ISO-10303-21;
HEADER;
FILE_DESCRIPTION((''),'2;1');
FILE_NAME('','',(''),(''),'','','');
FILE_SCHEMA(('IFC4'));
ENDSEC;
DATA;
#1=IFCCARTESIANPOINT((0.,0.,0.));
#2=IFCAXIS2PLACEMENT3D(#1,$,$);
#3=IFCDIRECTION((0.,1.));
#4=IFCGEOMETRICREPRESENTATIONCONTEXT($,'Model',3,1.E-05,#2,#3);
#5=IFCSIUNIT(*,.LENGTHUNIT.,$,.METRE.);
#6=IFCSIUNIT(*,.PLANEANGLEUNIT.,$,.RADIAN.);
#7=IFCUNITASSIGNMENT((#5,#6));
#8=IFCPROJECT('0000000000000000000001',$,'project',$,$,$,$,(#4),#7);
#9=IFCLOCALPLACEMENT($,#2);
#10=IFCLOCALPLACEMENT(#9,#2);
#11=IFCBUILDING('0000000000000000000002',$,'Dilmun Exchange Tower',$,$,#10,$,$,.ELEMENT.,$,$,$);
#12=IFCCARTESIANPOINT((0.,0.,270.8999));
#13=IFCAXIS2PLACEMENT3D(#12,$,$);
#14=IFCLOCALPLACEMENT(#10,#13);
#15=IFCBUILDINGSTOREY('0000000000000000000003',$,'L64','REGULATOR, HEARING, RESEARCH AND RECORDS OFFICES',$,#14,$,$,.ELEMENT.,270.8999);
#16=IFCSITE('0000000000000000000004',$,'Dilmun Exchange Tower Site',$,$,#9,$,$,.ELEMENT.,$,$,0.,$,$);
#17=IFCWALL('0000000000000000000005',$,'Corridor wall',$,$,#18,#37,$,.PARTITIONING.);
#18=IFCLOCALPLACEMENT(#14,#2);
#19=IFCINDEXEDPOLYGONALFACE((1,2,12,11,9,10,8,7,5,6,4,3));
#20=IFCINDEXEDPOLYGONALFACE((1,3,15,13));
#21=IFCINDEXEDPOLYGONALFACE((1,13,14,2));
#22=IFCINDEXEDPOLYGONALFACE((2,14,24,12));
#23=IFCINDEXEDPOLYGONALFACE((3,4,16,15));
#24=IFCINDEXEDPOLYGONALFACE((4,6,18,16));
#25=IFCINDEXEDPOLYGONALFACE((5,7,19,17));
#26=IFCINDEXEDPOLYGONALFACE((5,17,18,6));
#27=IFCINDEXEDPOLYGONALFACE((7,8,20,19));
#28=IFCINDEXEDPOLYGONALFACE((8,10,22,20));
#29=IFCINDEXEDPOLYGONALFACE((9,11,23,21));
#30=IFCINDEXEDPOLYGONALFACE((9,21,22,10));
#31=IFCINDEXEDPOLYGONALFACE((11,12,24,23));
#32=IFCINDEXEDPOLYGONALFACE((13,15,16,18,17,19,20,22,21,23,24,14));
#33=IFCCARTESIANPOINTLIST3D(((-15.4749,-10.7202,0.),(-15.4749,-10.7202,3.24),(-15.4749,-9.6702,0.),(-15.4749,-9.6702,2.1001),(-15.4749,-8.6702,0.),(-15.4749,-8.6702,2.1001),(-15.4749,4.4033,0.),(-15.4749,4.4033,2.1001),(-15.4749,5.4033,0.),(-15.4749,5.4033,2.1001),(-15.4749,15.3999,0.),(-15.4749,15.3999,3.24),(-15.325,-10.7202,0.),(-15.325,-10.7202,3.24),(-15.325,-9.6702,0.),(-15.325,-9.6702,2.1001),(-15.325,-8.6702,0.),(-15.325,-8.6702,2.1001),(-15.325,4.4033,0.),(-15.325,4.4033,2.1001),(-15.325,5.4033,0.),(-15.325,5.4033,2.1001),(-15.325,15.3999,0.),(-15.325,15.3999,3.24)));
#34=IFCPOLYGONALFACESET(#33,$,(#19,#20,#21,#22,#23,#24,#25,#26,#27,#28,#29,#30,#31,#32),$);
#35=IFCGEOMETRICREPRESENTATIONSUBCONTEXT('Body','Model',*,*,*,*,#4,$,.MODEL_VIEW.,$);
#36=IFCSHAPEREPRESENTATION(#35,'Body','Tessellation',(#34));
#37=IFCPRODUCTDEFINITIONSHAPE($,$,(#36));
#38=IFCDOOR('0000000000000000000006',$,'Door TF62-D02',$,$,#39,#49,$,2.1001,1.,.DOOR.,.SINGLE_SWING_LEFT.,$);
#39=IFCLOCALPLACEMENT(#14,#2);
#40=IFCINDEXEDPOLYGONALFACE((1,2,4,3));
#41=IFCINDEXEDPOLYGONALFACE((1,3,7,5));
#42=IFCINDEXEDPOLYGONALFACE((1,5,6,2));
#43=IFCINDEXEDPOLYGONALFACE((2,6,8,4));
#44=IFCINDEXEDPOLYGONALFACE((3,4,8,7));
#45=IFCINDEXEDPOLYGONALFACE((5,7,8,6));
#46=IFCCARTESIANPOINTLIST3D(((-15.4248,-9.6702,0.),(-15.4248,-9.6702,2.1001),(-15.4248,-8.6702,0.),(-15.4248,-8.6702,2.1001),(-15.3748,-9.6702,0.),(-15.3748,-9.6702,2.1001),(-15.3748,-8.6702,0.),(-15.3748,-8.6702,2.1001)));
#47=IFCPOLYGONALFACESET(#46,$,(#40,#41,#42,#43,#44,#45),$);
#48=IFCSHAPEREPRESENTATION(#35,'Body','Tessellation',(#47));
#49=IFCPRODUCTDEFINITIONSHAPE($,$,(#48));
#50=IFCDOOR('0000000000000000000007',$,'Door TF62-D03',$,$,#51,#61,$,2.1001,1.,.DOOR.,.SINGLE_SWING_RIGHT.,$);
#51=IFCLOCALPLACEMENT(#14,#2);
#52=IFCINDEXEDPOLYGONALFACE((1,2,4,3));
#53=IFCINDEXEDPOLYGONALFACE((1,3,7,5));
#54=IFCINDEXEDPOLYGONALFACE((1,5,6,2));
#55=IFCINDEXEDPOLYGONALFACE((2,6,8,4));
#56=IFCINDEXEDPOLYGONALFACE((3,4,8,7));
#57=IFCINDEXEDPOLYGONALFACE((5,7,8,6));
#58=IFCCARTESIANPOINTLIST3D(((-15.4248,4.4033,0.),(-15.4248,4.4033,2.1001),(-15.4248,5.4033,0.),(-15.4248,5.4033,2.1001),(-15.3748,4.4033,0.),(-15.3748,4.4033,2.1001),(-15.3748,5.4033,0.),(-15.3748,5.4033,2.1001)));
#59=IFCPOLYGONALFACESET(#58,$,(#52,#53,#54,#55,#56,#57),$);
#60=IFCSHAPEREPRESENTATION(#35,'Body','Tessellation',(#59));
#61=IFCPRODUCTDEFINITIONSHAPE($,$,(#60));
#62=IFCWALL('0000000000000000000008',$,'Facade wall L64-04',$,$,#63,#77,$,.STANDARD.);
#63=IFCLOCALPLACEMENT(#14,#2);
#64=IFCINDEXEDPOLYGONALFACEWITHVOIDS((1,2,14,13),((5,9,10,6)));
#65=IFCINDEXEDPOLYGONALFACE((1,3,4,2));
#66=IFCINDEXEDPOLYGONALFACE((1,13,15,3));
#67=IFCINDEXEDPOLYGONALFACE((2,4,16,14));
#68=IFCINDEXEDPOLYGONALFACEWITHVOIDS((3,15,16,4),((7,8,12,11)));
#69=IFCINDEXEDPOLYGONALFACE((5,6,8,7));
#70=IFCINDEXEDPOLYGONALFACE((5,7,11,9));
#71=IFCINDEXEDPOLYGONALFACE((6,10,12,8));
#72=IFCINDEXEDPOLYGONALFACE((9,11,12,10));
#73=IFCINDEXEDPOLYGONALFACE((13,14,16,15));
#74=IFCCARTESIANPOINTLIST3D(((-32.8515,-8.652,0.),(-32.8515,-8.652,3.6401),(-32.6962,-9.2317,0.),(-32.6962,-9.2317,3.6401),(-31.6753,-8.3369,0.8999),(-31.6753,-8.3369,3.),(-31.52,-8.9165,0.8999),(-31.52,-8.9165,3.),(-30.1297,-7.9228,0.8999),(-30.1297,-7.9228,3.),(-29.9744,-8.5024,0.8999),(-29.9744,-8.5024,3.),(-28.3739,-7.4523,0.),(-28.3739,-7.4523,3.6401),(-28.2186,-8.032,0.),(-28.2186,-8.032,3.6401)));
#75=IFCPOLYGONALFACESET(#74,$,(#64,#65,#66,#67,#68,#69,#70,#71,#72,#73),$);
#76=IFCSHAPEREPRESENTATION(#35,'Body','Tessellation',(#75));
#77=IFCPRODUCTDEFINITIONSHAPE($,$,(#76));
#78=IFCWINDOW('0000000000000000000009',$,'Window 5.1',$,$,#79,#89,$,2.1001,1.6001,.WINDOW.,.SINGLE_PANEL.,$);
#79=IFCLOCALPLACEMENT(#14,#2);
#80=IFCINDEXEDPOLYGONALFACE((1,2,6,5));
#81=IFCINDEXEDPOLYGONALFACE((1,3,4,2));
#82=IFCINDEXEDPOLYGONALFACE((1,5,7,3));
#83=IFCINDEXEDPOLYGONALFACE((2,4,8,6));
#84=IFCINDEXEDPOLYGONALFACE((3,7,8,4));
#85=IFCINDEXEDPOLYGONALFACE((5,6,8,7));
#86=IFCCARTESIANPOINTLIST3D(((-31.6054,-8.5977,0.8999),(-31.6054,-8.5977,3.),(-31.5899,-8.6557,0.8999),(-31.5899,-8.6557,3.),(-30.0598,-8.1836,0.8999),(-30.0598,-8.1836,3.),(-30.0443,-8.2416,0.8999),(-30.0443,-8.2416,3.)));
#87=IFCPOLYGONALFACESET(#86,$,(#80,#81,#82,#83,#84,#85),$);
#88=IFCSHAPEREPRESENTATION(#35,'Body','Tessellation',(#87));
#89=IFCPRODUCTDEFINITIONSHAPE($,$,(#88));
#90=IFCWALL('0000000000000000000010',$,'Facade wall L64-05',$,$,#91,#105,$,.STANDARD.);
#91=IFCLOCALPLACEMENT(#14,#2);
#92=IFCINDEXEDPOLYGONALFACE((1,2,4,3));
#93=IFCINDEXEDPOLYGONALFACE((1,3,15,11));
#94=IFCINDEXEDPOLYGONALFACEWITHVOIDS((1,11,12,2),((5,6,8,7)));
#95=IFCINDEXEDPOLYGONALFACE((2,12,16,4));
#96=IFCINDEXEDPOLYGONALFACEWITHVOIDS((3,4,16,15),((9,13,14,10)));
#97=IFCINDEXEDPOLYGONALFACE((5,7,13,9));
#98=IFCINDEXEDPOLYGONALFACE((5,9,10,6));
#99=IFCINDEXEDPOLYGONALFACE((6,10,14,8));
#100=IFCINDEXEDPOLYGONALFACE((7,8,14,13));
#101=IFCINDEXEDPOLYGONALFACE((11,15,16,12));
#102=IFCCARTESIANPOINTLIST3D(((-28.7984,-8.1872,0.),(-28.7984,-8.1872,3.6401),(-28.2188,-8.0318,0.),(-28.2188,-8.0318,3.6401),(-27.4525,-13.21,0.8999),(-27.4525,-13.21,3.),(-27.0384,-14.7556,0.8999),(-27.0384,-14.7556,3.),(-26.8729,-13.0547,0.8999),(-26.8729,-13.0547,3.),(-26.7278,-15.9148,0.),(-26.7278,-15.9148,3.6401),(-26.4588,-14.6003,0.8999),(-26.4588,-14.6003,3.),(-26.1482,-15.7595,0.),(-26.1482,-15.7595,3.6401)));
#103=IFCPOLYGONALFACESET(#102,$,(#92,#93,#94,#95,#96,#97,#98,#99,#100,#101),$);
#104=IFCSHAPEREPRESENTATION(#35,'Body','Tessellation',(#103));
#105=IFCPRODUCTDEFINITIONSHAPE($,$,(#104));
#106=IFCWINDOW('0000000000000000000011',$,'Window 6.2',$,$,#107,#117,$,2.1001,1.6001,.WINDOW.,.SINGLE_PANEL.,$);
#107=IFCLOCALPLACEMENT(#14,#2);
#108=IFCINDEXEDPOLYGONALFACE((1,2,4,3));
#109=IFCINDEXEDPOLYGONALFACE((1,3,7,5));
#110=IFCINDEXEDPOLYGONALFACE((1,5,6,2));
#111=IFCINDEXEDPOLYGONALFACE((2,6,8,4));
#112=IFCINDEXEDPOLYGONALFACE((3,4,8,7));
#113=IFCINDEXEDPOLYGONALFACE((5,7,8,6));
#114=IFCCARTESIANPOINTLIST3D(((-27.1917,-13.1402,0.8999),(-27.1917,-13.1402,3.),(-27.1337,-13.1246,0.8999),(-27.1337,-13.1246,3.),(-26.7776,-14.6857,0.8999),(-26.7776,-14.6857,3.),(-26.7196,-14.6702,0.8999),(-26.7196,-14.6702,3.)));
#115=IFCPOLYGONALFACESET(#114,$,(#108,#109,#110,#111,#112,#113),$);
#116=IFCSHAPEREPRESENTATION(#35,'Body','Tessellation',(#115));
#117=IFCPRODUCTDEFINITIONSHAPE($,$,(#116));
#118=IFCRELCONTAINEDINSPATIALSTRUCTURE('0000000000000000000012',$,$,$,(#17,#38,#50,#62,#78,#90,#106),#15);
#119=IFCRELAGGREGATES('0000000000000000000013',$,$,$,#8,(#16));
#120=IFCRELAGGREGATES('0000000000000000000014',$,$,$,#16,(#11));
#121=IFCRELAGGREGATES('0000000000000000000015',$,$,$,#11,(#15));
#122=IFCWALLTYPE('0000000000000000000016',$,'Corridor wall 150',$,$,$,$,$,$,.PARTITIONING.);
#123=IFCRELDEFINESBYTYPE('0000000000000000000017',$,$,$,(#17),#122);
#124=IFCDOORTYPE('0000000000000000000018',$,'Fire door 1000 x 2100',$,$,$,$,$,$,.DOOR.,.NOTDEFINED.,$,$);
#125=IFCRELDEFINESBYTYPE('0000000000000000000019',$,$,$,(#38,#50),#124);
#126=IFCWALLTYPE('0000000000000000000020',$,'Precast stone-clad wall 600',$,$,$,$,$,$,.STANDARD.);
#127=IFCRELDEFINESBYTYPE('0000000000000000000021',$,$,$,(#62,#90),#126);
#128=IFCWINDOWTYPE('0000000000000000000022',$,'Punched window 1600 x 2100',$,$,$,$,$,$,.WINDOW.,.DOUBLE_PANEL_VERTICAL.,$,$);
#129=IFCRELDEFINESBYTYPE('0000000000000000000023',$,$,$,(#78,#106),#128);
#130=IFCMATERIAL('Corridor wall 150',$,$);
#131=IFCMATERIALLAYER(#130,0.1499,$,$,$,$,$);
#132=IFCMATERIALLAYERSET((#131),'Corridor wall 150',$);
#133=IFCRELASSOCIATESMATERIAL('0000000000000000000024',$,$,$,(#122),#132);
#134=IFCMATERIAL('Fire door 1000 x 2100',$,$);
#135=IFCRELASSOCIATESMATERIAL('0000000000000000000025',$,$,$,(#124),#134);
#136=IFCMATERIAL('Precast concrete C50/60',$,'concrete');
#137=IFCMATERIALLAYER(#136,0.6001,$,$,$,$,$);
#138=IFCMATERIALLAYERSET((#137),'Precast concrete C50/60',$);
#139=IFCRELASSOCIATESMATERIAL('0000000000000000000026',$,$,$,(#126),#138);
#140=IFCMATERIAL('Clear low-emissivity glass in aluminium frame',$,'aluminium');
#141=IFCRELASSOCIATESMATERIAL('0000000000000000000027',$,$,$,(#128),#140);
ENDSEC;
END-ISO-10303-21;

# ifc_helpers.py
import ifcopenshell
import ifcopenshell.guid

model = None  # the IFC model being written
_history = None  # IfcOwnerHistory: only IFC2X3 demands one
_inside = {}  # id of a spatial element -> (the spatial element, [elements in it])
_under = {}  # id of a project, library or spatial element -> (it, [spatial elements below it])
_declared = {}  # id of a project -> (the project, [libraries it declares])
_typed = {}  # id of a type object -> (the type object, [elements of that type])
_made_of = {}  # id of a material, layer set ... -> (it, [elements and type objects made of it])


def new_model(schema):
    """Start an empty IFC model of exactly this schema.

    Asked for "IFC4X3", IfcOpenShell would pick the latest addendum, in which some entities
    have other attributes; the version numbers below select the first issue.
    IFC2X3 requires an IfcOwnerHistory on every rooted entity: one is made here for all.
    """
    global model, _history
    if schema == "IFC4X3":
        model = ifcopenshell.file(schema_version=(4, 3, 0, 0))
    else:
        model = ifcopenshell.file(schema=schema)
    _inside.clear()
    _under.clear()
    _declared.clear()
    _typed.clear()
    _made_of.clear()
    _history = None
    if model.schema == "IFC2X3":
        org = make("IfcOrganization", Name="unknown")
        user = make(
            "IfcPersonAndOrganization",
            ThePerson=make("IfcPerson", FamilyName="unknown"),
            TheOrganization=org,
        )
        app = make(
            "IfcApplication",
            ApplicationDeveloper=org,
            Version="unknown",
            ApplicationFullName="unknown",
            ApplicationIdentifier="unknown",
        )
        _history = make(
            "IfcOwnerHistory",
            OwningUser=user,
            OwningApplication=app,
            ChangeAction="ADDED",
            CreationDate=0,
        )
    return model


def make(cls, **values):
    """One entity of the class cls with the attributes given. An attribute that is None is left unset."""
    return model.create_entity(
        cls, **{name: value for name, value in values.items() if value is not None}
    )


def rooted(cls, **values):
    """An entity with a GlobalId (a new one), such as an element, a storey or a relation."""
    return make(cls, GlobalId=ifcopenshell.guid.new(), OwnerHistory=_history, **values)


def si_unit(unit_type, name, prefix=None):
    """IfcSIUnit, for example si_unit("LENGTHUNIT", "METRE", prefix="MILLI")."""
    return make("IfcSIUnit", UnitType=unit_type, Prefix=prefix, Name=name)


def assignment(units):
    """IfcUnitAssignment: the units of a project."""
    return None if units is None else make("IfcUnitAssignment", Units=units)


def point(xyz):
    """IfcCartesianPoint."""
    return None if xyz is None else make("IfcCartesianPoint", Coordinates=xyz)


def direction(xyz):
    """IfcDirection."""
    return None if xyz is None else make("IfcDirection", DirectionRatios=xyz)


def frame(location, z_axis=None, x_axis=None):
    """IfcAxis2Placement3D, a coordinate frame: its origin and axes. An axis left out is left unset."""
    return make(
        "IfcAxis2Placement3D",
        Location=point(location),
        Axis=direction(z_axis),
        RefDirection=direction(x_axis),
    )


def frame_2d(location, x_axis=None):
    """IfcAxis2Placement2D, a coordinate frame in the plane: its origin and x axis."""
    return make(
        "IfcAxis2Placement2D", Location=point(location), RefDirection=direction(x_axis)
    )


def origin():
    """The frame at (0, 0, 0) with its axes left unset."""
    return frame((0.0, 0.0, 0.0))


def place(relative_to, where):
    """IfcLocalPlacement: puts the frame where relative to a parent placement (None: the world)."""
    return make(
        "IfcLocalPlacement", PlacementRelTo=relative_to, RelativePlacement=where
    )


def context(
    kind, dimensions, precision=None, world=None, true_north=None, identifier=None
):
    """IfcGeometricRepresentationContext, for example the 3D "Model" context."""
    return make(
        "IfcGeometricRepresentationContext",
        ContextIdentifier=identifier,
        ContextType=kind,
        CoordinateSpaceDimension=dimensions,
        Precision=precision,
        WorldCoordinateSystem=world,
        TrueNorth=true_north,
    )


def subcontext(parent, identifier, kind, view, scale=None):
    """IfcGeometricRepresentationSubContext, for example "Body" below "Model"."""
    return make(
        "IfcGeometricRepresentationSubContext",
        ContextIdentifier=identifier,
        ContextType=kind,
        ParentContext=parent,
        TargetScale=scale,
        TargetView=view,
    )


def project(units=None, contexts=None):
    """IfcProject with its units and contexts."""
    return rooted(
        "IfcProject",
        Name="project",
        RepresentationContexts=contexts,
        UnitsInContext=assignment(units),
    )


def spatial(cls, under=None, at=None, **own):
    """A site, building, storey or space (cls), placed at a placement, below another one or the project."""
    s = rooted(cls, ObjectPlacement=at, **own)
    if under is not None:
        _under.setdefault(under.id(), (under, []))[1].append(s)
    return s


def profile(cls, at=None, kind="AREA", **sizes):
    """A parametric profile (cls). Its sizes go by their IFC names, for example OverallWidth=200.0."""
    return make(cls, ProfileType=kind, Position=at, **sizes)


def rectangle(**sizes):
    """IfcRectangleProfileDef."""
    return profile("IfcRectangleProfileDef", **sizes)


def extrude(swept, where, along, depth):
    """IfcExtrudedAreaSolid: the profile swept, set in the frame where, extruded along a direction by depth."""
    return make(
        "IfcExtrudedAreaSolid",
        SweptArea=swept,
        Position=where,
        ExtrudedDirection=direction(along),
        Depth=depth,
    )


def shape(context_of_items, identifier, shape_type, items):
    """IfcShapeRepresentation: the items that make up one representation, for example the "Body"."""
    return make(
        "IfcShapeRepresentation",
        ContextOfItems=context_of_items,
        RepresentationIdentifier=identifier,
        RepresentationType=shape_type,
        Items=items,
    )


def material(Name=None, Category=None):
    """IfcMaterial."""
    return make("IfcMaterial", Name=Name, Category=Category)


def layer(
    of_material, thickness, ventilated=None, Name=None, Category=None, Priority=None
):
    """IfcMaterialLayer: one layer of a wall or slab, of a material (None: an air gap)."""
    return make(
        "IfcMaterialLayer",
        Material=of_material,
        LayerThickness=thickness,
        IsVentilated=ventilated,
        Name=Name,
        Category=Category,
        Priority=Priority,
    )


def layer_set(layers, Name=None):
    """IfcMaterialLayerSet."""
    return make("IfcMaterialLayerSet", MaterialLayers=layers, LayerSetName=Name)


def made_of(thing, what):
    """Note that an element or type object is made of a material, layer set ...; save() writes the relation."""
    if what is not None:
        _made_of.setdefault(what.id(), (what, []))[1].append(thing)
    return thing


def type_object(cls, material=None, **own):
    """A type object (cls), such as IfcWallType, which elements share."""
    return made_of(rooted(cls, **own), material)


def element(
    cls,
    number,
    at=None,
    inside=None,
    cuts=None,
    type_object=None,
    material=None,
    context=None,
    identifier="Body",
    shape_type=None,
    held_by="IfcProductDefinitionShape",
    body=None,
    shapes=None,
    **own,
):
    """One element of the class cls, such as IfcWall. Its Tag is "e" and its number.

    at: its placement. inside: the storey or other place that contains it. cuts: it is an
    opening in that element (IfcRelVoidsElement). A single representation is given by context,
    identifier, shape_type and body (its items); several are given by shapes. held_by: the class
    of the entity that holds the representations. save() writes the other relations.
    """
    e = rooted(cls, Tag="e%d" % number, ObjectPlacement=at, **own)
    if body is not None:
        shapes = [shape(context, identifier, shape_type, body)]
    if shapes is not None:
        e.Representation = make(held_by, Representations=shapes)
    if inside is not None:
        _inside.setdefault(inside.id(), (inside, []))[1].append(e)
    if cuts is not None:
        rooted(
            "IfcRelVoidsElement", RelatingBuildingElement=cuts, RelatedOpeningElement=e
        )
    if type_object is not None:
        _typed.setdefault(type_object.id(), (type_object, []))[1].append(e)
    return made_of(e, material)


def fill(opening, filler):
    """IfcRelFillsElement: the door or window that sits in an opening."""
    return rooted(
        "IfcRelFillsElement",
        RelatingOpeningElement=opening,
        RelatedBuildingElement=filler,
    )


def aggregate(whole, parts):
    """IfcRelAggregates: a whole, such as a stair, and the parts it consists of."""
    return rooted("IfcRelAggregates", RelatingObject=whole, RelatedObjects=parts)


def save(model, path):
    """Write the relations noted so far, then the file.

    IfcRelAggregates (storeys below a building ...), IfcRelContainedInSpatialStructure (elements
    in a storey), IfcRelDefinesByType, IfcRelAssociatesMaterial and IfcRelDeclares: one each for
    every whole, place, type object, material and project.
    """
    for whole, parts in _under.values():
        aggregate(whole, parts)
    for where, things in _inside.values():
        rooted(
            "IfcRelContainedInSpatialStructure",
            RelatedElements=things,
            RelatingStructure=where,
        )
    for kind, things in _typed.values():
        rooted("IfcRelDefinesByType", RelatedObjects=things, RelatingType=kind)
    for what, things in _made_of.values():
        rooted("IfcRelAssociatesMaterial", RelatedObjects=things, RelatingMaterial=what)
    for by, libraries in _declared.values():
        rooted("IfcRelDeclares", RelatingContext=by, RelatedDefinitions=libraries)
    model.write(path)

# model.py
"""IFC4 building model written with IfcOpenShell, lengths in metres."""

from ifc_helpers import new_model, si_unit, direction, frame, frame_2d, origin, place, context, subcontext, project, spatial, rectangle, extrude, material, layer, layer_set, type_object, element, fill, save


model = new_model("IFC4")

# Units and contexts
model_context = context("Model", 3, precision=1e-05, world=origin(), true_north=direction((0.0, 1.0)))
body_context = subcontext(model_context, "Body", "Model", "MODEL_VIEW")
ifc_project = project(units=[si_unit("LENGTHUNIT", "METRE"), si_unit("PLANEANGLEUNIT", "RADIAN")], contexts=[model_context])

# Site, building, storey
site_placement = place(None, origin())
site = spatial("IfcSite", under=ifc_project, at=site_placement, Name="Dilmun Exchange Tower Site", CompositionType="ELEMENT", RefElevation=0.0)
building_placement = place(site_placement, origin())
building = spatial("IfcBuilding", under=site, at=building_placement, Name="Dilmun Exchange Tower", CompositionType="ELEMENT")
storey_placement = place(building_placement, frame((0.0, 0.0, 270.8999)))
storey = spatial("IfcBuildingStorey", under=building, at=storey_placement, Name="L64", Description="REGULATOR, HEARING, RESEARCH AND RECORDS OFFICES", CompositionType="ELEMENT", Elevation=270.8999)

# Shared definitions
ifc_material_1 = material(Name="Corridor wall 150")
ifc_layer_1 = layer(ifc_material_1, 0.1499)
ifc_layer_set_1 = layer_set([ifc_layer_1], Name="Corridor wall 150")
wall_type_1 = type_object("IfcWallType", Name="Corridor wall 150", PredefinedType="PARTITIONING", material=ifc_layer_set_1)

# Shared definitions
ifc_material_2 = material(Name="Fire door 1000 x 2100")
door_type_1 = type_object("IfcDoorType", Name="Fire door 1000 x 2100", OperationType="NOTDEFINED", PredefinedType="DOOR", material=ifc_material_2)

# Wall, openings, doors
wall_1_placement = place(storey_placement, frame((-15.3999, -10.7202, 0.0), z_axis=(0.0, 0.0, 1.0), x_axis=(0.0, 1.0, 0.0)))
wall_1 = element("IfcWall", 1, at=wall_1_placement, inside=storey, type_object=wall_type_1, Name="Corridor wall", PredefinedType="PARTITIONING", context=body_context, shape_type="SweptSolid", body=[
    extrude(rectangle(XDim=26.1201, YDim=0.1499, at=frame_2d((13.0601, 0.0))), origin(), (0.0, 0.0, 1.0), 3.24),
])
opening_1_placement = place(wall_1_placement, frame((1.05, 0.0, 0.0)))
opening_1 = element("IfcOpeningElement", 2, at=opening_1_placement, cuts=wall_1, PredefinedType="OPENING", context=body_context, shape_type="SweptSolid", body=[
    extrude(rectangle(XDim=1.0, YDim=2.1001, at=frame_2d((0.5, 1.05))), frame((0.0, 0.085, 0.0), z_axis=(0.0, -1.0, 0.0), x_axis=(1.0, 0.0, 0.0)), (0.0, 0.0, 1.0), 0.1699),
])
opening_2_placement = place(wall_1_placement, frame((15.1235, 0.0, 0.0)))
opening_2 = element("IfcOpeningElement", 3, at=opening_2_placement, cuts=wall_1, PredefinedType="OPENING", context=body_context, shape_type="SweptSolid", body=[
    extrude(rectangle(XDim=1.0, YDim=2.1001, at=frame_2d((0.5, 1.05))), frame((0.0, 0.085, 0.0), z_axis=(0.0, -1.0, 0.0), x_axis=(1.0, 0.0, 0.0)), (0.0, 0.0, 1.0), 0.1699),
])
door_1_placement = place(opening_1_placement, origin())
door_1 = element("IfcDoor", 4, at=door_1_placement, inside=storey, type_object=door_type_1, Name="Door TF62-D02", OperationType="SINGLE_SWING_LEFT", OverallHeight=2.1001, OverallWidth=1.0, PredefinedType="DOOR", context=body_context, shape_type="SweptSolid", body=[
    extrude(rectangle(XDim=1.0, YDim=2.1001, at=frame_2d((0.5, 1.05))), frame((0.0, 0.0249, 0.0), z_axis=(0.0, -1.0, 0.0), x_axis=(1.0, 0.0, 0.0)), (0.0, 0.0, 1.0), 0.05),
])
fill(opening_1, door_1)
door_2_placement = place(opening_2_placement, origin())
door_2 = element("IfcDoor", 5, at=door_2_placement, inside=storey, type_object=door_type_1, Name="Door TF62-D03", OperationType="SINGLE_SWING_RIGHT", OverallHeight=2.1001, OverallWidth=1.0, PredefinedType="DOOR", context=body_context, shape_type="SweptSolid", body=[
    extrude(rectangle(XDim=1.0, YDim=2.1001, at=frame_2d((0.5, 1.05))), frame((0.0, 0.0249, 0.0), z_axis=(0.0, -1.0, 0.0), x_axis=(1.0, 0.0, 0.0)), (0.0, 0.0, 1.0), 0.05),
])
fill(opening_2, door_2)

# Walls, openings, windows
ifc_material_3 = material(Name="Precast concrete C50/60", Category="concrete")
ifc_layer_2 = layer(ifc_material_3, 0.6001)
ifc_layer_set_2 = layer_set([ifc_layer_2], Name="Precast concrete C50/60")
wall_type_2 = type_object("IfcWallType", Name="Precast stone-clad wall 600", PredefinedType="STANDARD", material=ifc_layer_set_2)
wall_2_placement = place(storey_placement, frame((-32.7739, -8.9419, 0.0), z_axis=(0.0, 0.0, 1.0), x_axis=(0.965928, 0.25881, 0.0)))
wall_2 = element("IfcWall", 6, at=wall_2_placement, inside=storey, type_object=wall_type_2, Name="Facade wall L64-04", PredefinedType="STANDARD", context=body_context, shape_type="SweptSolid", body=[
    extrude(rectangle(XDim=4.6355, YDim=0.6001, at=frame_2d((2.3179, 0.0))), origin(), (0.0, 0.0, 1.0), 3.6401),
])
opening_3_placement = place(wall_2_placement, frame((1.2178, 0.0, 0.8999)))
opening_3 = element("IfcOpeningElement", 7, at=opening_3_placement, cuts=wall_2, PredefinedType="OPENING", context=body_context, shape_type="SweptSolid", body=[
    extrude(rectangle(XDim=1.6001, YDim=2.1001, at=frame_2d((0.8, 1.05))), frame((0.0, 0.3101, 0.0), z_axis=(0.0, -1.0, 0.0), x_axis=(1.0, 0.0, 0.0)), (0.0, 0.0, 1.0), 0.6201),
])
ifc_material_4 = material(Name="Clear low-emissivity glass in aluminium frame", Category="aluminium")
window_type = type_object("IfcWindowType", Name="Punched window 1600 x 2100", PartitioningType="DOUBLE_PANEL_VERTICAL", PredefinedType="WINDOW", material=ifc_material_4)
window_1_placement = place(opening_3_placement, origin())
window_1 = element("IfcWindow", 8, at=window_1_placement, inside=storey, type_object=window_type, Name="Window 5.1", OverallHeight=2.1001, OverallWidth=1.6001, PartitioningType="SINGLE_PANEL", PredefinedType="WINDOW", context=body_context, shape_type="SweptSolid", body=[
    extrude(rectangle(XDim=1.6001, YDim=2.1001, at=frame_2d((0.8, 1.05))), frame((0.0, 0.03, 0.0), z_axis=(0.0, -1.0, 0.0), x_axis=(1.0, 0.0, 0.0)), (0.0, 0.0, 1.0), 0.0601),
])
fill(opening_3, window_1)
wall_3_placement = place(storey_placement, frame((-28.5085, -8.1096, 0.0), z_axis=(0.0, 0.0, 1.0), x_axis=(0.258815, -0.965927, 0.0)))
wall_3 = element("IfcWall", 9, at=wall_3_placement, inside=storey, type_object=wall_type_2, Name="Facade wall L64-05", PredefinedType="STANDARD", context=body_context, shape_type="SweptSolid", body=[
    extrude(rectangle(XDim=8.0002, YDim=0.6001, at=frame_2d((4.0, 0.0))), origin(), (0.0, 0.0, 1.0), 3.6401),
])
opening_4_placement = place(wall_3_placement, frame((5.2, 0.0, 0.8999)))
opening_4 = element("IfcOpeningElement", 10, at=opening_4_placement, cuts=wall_3, PredefinedType="OPENING", context=body_context, shape_type="SweptSolid", body=[
    extrude(rectangle(XDim=1.6001, YDim=2.1001, at=frame_2d((0.8, 1.05))), frame((0.0, 0.3101, 0.0), z_axis=(0.0, -1.0, 0.0), x_axis=(1.0, 0.0, 0.0)), (0.0, 0.0, 1.0), 0.6201),
])
window_2_placement = place(opening_4_placement, origin())
window_2 = element("IfcWindow", 11, at=window_2_placement, inside=storey, type_object=window_type, Name="Window 6.2", OverallHeight=2.1001, OverallWidth=1.6001, PartitioningType="SINGLE_PANEL", PredefinedType="WINDOW", context=body_context, shape_type="SweptSolid", body=[
    extrude(rectangle(XDim=1.6001, YDim=2.1001, at=frame_2d((0.8, 1.05))), frame((0.0, 0.03, 0.0), z_axis=(0.0, -1.0, 0.0), x_axis=(1.0, 0.0, 0.0)), (0.0, 0.0, 1.0), 0.0601),
])
fill(opening_4, window_2)

save(model, "model.ifc")
